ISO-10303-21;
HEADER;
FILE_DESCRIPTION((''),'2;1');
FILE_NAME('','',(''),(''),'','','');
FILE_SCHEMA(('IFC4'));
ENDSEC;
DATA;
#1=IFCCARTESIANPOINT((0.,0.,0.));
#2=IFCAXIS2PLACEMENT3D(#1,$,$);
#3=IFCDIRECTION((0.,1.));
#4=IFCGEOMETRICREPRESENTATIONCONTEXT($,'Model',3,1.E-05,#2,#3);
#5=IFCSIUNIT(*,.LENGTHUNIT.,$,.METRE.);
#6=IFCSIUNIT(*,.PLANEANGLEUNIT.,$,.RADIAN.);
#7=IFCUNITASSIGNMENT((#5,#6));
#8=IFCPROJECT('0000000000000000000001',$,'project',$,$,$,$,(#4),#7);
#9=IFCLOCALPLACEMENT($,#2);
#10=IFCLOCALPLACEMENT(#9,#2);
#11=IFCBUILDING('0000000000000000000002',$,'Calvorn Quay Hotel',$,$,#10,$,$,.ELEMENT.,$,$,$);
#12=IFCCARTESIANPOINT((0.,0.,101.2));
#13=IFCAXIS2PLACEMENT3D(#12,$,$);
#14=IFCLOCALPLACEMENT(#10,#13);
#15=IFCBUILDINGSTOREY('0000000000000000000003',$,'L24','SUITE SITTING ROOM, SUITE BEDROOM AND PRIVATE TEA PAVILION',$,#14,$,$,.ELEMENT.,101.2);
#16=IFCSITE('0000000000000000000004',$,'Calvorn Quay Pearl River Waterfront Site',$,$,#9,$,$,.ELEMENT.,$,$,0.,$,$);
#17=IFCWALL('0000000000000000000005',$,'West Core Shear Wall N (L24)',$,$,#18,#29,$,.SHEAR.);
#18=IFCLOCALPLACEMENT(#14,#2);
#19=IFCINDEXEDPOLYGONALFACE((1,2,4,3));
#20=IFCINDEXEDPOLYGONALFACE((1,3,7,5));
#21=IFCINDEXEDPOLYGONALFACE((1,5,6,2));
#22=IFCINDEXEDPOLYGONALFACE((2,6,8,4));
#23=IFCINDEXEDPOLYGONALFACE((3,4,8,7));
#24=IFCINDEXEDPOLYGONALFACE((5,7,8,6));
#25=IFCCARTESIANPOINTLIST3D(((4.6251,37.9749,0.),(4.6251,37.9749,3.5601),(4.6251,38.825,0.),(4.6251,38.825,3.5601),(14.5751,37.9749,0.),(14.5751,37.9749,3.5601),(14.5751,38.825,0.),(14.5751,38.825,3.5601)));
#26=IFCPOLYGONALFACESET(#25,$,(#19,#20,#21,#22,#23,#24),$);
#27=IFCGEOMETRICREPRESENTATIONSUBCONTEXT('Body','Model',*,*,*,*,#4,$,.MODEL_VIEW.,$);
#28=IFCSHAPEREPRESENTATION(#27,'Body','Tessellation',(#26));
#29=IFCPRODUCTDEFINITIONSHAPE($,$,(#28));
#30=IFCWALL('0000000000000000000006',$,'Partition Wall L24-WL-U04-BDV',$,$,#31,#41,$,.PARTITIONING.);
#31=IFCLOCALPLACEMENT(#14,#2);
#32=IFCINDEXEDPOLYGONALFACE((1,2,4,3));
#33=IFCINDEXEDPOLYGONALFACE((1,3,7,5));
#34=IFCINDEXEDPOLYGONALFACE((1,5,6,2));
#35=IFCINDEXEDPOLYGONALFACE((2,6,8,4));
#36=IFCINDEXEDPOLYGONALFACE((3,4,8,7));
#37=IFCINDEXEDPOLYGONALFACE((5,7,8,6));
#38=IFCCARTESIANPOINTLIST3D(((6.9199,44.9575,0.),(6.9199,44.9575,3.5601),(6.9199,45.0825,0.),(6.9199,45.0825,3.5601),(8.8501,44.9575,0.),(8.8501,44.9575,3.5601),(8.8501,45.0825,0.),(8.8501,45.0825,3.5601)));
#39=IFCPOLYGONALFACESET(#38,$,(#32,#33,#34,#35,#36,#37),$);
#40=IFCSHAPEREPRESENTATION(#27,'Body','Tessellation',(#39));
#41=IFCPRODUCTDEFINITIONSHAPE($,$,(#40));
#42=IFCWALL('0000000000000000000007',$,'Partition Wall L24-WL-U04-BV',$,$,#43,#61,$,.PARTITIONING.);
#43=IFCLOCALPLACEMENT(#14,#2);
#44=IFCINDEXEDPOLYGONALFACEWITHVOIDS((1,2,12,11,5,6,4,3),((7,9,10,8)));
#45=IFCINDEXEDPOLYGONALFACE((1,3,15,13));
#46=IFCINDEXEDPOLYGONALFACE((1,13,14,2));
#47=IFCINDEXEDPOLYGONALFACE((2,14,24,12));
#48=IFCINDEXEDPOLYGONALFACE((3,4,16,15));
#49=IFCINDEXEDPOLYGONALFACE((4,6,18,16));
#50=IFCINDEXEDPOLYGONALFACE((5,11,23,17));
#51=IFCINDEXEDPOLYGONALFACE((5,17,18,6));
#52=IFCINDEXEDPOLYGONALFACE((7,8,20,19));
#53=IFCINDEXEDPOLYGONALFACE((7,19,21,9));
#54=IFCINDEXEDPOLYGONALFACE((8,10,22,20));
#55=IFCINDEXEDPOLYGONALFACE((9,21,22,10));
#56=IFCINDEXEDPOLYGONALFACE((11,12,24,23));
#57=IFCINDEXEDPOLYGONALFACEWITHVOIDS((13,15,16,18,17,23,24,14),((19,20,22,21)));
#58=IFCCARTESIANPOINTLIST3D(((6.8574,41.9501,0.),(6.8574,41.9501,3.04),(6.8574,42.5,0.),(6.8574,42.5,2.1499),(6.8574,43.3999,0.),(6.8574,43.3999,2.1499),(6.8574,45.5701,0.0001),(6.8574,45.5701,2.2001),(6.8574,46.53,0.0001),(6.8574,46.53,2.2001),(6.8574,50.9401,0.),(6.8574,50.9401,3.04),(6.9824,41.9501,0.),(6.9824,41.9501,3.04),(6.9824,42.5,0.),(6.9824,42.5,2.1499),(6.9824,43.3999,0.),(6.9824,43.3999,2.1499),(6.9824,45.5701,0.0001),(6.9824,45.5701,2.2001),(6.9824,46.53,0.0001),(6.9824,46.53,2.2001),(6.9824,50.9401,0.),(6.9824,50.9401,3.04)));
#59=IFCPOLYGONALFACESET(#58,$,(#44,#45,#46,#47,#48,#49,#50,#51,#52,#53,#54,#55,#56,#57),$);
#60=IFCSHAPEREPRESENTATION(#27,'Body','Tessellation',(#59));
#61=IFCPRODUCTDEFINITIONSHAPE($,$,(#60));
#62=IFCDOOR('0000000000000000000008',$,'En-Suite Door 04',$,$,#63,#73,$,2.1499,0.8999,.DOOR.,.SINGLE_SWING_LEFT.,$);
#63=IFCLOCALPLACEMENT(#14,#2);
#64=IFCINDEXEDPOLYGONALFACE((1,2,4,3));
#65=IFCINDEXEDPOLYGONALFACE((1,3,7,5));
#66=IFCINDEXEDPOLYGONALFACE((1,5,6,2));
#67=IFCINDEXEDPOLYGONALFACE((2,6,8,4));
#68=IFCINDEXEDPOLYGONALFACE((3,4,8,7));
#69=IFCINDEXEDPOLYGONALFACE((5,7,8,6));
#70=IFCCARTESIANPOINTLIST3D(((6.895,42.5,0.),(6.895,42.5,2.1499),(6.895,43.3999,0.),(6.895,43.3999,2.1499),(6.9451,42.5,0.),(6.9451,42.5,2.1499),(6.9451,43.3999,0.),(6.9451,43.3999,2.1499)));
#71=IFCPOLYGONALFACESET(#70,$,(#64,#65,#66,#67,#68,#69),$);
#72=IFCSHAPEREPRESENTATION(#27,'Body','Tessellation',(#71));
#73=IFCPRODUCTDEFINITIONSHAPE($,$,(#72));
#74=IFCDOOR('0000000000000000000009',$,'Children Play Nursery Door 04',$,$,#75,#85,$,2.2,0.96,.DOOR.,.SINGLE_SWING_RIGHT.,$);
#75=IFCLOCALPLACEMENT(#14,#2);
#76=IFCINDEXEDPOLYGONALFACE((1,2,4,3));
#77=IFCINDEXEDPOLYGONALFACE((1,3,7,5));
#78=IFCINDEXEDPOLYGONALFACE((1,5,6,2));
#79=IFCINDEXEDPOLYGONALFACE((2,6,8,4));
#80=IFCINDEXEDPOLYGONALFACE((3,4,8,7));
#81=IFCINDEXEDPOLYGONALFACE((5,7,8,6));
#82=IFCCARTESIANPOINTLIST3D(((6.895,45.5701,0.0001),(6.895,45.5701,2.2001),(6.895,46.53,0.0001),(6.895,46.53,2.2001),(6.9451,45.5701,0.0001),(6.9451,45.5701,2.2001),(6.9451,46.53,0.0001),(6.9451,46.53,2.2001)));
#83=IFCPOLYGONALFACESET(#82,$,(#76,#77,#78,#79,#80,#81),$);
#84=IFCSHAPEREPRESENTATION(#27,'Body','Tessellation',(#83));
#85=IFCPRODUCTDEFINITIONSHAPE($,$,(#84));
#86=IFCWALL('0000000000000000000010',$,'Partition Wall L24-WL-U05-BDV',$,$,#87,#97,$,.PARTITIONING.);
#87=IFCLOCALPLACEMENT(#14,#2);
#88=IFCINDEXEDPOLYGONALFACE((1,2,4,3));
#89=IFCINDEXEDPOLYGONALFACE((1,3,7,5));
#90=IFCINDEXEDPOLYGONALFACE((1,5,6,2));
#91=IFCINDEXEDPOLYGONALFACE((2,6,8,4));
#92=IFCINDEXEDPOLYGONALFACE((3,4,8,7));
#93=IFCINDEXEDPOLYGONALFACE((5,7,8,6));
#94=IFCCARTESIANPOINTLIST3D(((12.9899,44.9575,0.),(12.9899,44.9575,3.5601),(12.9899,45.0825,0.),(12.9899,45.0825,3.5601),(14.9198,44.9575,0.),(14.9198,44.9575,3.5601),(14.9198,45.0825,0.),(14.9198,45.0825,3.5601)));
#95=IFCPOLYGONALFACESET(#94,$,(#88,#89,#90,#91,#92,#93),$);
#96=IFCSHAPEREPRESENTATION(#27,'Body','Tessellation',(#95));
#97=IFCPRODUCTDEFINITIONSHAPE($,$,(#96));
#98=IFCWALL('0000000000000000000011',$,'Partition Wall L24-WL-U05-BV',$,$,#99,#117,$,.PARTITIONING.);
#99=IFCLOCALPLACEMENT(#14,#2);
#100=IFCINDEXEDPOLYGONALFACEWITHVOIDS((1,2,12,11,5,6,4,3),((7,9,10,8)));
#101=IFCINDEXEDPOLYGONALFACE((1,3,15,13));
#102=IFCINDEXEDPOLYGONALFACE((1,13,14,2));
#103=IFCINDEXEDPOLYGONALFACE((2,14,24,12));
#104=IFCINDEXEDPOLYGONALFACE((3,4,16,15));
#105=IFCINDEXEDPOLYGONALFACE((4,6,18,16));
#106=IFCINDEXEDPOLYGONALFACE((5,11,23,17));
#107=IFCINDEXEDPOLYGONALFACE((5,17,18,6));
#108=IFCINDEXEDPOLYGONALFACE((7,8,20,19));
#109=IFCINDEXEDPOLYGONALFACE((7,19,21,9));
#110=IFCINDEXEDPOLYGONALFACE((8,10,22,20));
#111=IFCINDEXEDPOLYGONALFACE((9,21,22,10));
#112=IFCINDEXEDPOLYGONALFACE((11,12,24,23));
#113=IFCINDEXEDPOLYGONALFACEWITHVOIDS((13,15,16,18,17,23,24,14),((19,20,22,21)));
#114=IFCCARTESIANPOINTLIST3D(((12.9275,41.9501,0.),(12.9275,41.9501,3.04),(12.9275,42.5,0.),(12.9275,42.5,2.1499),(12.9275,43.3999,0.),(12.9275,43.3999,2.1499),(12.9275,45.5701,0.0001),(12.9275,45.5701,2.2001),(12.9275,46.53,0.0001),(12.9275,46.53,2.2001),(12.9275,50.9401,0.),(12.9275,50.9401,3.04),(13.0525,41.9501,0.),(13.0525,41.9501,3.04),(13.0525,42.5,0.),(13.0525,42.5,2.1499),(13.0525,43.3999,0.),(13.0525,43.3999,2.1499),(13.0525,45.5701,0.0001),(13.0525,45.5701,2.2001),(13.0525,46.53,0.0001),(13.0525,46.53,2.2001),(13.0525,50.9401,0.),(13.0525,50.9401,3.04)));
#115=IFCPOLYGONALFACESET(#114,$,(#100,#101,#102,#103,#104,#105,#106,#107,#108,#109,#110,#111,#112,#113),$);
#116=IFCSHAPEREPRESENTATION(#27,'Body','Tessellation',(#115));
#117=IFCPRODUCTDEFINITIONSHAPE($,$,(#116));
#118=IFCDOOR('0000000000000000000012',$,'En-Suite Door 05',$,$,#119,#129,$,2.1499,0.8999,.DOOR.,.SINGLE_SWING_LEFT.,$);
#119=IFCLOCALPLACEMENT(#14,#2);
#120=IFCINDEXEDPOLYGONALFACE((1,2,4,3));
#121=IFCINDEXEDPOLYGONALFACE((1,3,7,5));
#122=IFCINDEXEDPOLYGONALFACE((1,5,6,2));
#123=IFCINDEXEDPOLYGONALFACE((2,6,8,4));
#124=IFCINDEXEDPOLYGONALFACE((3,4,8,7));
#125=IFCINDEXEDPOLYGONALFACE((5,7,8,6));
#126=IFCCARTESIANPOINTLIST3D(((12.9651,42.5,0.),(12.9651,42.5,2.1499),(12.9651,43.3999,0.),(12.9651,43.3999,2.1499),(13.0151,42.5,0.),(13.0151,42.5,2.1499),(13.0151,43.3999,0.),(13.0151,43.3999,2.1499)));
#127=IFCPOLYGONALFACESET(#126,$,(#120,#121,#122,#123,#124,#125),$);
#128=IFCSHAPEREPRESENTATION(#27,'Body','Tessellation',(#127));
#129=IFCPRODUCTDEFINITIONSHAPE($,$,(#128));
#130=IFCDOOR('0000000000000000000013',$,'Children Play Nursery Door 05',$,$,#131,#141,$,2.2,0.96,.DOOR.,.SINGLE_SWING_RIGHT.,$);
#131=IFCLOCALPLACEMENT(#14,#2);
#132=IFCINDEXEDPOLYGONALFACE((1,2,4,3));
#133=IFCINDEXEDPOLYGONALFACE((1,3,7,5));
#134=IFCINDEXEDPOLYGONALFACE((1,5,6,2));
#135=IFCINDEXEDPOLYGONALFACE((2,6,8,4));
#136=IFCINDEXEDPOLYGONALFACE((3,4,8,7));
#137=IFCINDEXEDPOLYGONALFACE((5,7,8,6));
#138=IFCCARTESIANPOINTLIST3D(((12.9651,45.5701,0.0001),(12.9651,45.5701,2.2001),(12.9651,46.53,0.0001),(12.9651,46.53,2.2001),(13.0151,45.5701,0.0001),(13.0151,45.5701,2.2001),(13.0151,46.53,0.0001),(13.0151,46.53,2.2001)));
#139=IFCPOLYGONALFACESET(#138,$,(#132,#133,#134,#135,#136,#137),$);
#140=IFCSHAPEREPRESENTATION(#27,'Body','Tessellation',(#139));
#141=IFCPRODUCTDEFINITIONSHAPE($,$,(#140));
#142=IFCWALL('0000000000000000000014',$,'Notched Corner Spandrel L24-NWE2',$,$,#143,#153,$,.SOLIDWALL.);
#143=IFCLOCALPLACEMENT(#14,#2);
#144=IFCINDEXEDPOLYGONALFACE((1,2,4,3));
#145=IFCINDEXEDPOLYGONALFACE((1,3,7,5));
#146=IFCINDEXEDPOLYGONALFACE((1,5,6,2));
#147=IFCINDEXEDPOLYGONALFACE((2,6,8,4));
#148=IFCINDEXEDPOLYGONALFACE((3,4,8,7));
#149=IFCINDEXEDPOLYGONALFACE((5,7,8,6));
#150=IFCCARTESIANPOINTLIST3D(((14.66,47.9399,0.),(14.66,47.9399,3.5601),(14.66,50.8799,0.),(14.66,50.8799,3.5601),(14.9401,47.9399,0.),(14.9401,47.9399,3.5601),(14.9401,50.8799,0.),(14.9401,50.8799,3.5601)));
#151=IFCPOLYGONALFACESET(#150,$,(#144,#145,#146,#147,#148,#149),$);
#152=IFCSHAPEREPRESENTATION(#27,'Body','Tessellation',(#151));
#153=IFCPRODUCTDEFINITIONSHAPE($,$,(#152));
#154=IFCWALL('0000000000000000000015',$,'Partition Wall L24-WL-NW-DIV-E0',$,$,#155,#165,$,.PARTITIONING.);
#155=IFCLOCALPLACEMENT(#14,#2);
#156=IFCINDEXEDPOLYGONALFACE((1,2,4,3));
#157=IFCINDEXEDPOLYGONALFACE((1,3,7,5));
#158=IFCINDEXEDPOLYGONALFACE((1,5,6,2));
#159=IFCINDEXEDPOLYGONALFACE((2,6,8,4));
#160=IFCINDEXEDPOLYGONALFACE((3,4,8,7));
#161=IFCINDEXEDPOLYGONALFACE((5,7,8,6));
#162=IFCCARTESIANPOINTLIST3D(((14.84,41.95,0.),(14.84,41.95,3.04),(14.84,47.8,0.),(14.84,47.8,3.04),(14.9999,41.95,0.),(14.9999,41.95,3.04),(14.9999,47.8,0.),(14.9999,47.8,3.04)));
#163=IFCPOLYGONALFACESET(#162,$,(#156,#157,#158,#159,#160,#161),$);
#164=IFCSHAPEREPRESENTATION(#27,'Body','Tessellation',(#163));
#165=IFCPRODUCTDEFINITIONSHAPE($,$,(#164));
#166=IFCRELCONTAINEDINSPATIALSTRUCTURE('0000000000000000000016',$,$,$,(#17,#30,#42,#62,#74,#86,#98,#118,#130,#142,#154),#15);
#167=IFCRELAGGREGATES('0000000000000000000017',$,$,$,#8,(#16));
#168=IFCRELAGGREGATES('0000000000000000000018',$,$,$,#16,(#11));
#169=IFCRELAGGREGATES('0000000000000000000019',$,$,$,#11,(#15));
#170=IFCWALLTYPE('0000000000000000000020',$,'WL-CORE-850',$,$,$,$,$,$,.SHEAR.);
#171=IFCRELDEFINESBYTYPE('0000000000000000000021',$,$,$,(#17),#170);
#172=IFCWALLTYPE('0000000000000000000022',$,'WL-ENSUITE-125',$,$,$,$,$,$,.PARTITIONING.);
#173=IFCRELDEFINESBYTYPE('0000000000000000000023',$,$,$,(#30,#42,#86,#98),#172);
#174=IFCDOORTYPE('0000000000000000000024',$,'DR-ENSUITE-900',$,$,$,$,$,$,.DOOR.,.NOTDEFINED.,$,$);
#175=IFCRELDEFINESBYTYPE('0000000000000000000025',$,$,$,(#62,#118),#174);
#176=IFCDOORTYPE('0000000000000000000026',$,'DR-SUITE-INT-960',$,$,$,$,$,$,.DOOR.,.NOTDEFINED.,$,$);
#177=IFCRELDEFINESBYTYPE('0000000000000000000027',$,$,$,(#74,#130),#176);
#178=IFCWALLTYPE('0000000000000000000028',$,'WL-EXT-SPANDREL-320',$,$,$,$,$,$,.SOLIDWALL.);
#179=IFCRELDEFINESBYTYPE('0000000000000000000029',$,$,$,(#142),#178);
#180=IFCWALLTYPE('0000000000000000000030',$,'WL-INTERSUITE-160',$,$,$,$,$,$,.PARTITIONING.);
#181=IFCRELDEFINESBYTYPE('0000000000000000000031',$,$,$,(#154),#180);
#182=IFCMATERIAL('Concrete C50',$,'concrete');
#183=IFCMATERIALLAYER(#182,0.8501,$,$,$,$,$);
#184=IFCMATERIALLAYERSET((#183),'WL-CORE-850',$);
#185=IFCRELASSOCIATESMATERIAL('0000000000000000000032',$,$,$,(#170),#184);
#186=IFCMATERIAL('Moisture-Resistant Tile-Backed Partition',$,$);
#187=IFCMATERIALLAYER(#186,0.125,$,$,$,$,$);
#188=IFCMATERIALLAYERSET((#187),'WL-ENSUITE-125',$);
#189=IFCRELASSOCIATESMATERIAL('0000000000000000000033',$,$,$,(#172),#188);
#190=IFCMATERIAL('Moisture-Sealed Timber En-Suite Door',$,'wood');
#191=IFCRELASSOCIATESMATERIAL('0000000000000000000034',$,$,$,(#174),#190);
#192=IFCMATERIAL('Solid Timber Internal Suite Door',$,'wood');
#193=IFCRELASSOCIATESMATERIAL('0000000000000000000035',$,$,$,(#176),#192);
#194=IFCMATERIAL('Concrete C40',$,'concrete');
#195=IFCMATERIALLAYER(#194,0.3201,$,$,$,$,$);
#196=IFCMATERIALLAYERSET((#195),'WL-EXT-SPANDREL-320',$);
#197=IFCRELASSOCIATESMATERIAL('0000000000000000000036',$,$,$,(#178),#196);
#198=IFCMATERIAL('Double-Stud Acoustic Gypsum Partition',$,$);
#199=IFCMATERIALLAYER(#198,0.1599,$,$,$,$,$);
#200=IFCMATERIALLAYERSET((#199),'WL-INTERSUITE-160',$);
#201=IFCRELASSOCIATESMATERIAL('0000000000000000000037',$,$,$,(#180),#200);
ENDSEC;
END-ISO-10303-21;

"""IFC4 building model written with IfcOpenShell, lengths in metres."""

from ifc_helpers import new_model, si_unit, direction, frame, frame_2d, origin, place, context, subcontext, project, spatial, rectangle, extrude, material, layer, layer_set, type_object, element, fill, save


model = new_model("IFC4")

# Units and contexts
model_context = context("Model", 3, precision=1e-05, world=origin(), true_north=direction((0.0, 1.0)))
body_context = subcontext(model_context, "Body", "Model", "MODEL_VIEW")
ifc_project = project(units=[si_unit("LENGTHUNIT", "METRE"), si_unit("PLANEANGLEUNIT", "RADIAN")], contexts=[model_context])

# Site, building, storey
site_placement = place(None, origin())
site = spatial("IfcSite", under=ifc_project, at=site_placement, Name="Calvorn Quay Pearl River Waterfront Site", CompositionType="ELEMENT", RefElevation=0.0)
building_placement = place(site_placement, origin())
building = spatial("IfcBuilding", under=site, at=building_placement, Name="Calvorn Quay Hotel", CompositionType="ELEMENT")
storey_placement = place(building_placement, frame((0.0, 0.0, 101.2)))
storey = spatial("IfcBuildingStorey", under=building, at=storey_placement, Name="L24", Description="SUITE SITTING ROOM, SUITE BEDROOM AND PRIVATE TEA PAVILION", CompositionType="ELEMENT", Elevation=101.2)

# Walls
ifc_material_1 = material(Name="Concrete C50", Category="concrete")
ifc_layer_1 = layer(ifc_material_1, 0.8501)
ifc_layer_set_1 = layer_set([ifc_layer_1], Name="WL-CORE-850")
wall_type_1 = type_object("IfcWallType", Name="WL-CORE-850", PredefinedType="SHEAR", material=ifc_layer_set_1)
wall_1_placement = place(storey_placement, frame((4.625, 38.3999, 0.0), z_axis=(0.0, 0.0, 1.0), x_axis=(1.0, 0.0, 0.0)))
element("IfcWall", 1, at=wall_1_placement, inside=storey, type_object=wall_type_1, Name="West Core Shear Wall N (L24)", PredefinedType="SHEAR", context=body_context, shape_type="SweptSolid", body=[
    extrude(rectangle(XDim=9.95, YDim=0.8501, at=frame_2d((4.9751, 0.0))), origin(), (0.0, 0.0, 1.0), 3.5601),
])
ifc_material_2 = material(Name="Moisture-Resistant Tile-Backed Partition")
ifc_layer_2 = layer(ifc_material_2, 0.125)
ifc_layer_set_2 = layer_set([ifc_layer_2], Name="WL-ENSUITE-125")
wall_type_2 = type_object("IfcWallType", Name="WL-ENSUITE-125", PredefinedType="PARTITIONING", material=ifc_layer_set_2)
wall_2_placement = place(storey_placement, frame((6.9199, 45.02, 0.0), z_axis=(0.0, 0.0, 1.0), x_axis=(1.0, 0.0, 0.0)))
element("IfcWall", 2, at=wall_2_placement, inside=storey, type_object=wall_type_2, Name="Partition Wall L24-WL-U04-BDV", PredefinedType="PARTITIONING", context=body_context, shape_type="SweptSolid", body=[
    extrude(rectangle(XDim=1.9302, YDim=0.125, at=frame_2d((0.9651, 0.0))), origin(), (0.0, 0.0, 1.0), 3.5601),
])

# Wall, openings, doors
wall_3_placement = place(storey_placement, frame((6.9199, 41.95, 0.0), z_axis=(0.0, 0.0, 1.0), x_axis=(0.0, 1.0, 0.0)))
wall_3 = element("IfcWall", 3, at=wall_3_placement, inside=storey, type_object=wall_type_2, Name="Partition Wall L24-WL-U04-BV", PredefinedType="PARTITIONING", context=body_context, shape_type="SweptSolid", body=[
    extrude(rectangle(XDim=8.99, YDim=0.125, at=frame_2d((4.4951, 0.0))), origin(), (0.0, 0.0, 1.0), 3.04),
])
opening_1_placement = place(wall_3_placement, frame((0.55, 0.0, 0.0)))
opening_1 = element("IfcOpeningElement", 4, at=opening_1_placement, cuts=wall_3, PredefinedType="OPENING", context=body_context, shape_type="SweptSolid", body=[
    extrude(rectangle(XDim=0.8999, YDim=2.1499, at=frame_2d((0.45, 1.075))), frame((0.0, 0.0725, 0.0), z_axis=(0.0, -1.0, 0.0), x_axis=(1.0, 0.0, 0.0)), (0.0, 0.0, 1.0), 0.145),
])
opening_2_placement = place(wall_3_placement, frame((3.6201, 0.0, 0.0)))
opening_2 = element("IfcOpeningElement", 5, at=opening_2_placement, cuts=wall_3, PredefinedType="OPENING", context=body_context, shape_type="SweptSolid", body=[
    extrude(rectangle(XDim=0.96, YDim=2.2, at=frame_2d((0.48, 1.1001))), frame((0.0, 0.0725, 0.0), z_axis=(0.0, -1.0, 0.0), x_axis=(1.0, 0.0, 0.0)), (0.0, 0.0, 1.0), 0.145),
])
ifc_material_3 = material(Name="Moisture-Sealed Timber En-Suite Door", Category="wood")
door_type_1 = type_object("IfcDoorType", Name="DR-ENSUITE-900", OperationType="NOTDEFINED", PredefinedType="DOOR", material=ifc_material_3)
door_1_placement = place(opening_1_placement, origin())
door_1 = element("IfcDoor", 6, at=door_1_placement, inside=storey, type_object=door_type_1, Name="En-Suite Door 04", OperationType="SINGLE_SWING_LEFT", OverallHeight=2.1499, OverallWidth=0.8999, PredefinedType="DOOR", context=body_context, shape_type="SweptSolid", body=[
    extrude(rectangle(XDim=0.8999, YDim=2.1499, at=frame_2d((0.45, 1.075))), frame((0.0, 0.0249, 0.0), z_axis=(0.0, -1.0, 0.0), x_axis=(1.0, 0.0, 0.0)), (0.0, 0.0, 1.0), 0.05),
])
fill(opening_1, door_1)
ifc_material_4 = material(Name="Solid Timber Internal Suite Door", Category="wood")
door_type_2 = type_object("IfcDoorType", Name="DR-SUITE-INT-960", OperationType="NOTDEFINED", PredefinedType="DOOR", material=ifc_material_4)
door_2_placement = place(opening_2_placement, origin())
door_2 = element("IfcDoor", 7, at=door_2_placement, inside=storey, type_object=door_type_2, Name="Children Play Nursery Door 04", OperationType="SINGLE_SWING_RIGHT", OverallHeight=2.2, OverallWidth=0.96, PredefinedType="DOOR", context=body_context, shape_type="SweptSolid", body=[
    extrude(rectangle(XDim=0.96, YDim=2.2, at=frame_2d((0.48, 1.1001))), frame((0.0, 0.0249, 0.0), z_axis=(0.0, -1.0, 0.0), x_axis=(1.0, 0.0, 0.0)), (0.0, 0.0, 1.0), 0.05),
])
fill(opening_2, door_2)

# Wall
wall_4_placement = place(storey_placement, frame((12.99, 45.02, 0.0), z_axis=(0.0, 0.0, 1.0), x_axis=(1.0, 0.0, 0.0)))
element("IfcWall", 8, at=wall_4_placement, inside=storey, type_object=wall_type_2, Name="Partition Wall L24-WL-U05-BDV", PredefinedType="PARTITIONING", context=body_context, shape_type="SweptSolid", body=[
    extrude(rectangle(XDim=1.9299, YDim=0.125, at=frame_2d((0.9648, 0.0))), origin(), (0.0, 0.0, 1.0), 3.5601),
])

# Wall, openings, doors
wall_5_placement = place(storey_placement, frame((12.99, 41.95, 0.0), z_axis=(0.0, 0.0, 1.0), x_axis=(0.0, 1.0, 0.0)))
wall_5 = element("IfcWall", 9, at=wall_5_placement, inside=storey, type_object=wall_type_2, Name="Partition Wall L24-WL-U05-BV", PredefinedType="PARTITIONING", context=body_context, shape_type="SweptSolid", body=[
    extrude(rectangle(XDim=8.99, YDim=0.125, at=frame_2d((4.4951, 0.0))), origin(), (0.0, 0.0, 1.0), 3.04),
])
opening_3_placement = place(wall_5_placement, frame((0.55, 0.0, 0.0)))
opening_3 = element("IfcOpeningElement", 10, at=opening_3_placement, cuts=wall_5, PredefinedType="OPENING", context=body_context, shape_type="SweptSolid", body=[
    extrude(rectangle(XDim=0.8999, YDim=2.1499, at=frame_2d((0.45, 1.075))), frame((0.0, 0.0725, 0.0), z_axis=(0.0, -1.0, 0.0), x_axis=(1.0, 0.0, 0.0)), (0.0, 0.0, 1.0), 0.145),
])
opening_4_placement = place(wall_5_placement, frame((3.6201, 0.0, 0.0)))
opening_4 = element("IfcOpeningElement", 11, at=opening_4_placement, cuts=wall_5, PredefinedType="OPENING", context=body_context, shape_type="SweptSolid", body=[
    extrude(rectangle(XDim=0.96, YDim=2.2, at=frame_2d((0.48, 1.1001))), frame((0.0, 0.0725, 0.0), z_axis=(0.0, -1.0, 0.0), x_axis=(1.0, 0.0, 0.0)), (0.0, 0.0, 1.0), 0.145),
])
door_3_placement = place(opening_3_placement, origin())
door_3 = element("IfcDoor", 12, at=door_3_placement, inside=storey, type_object=door_type_1, Name="En-Suite Door 05", OperationType="SINGLE_SWING_LEFT", OverallHeight=2.1499, OverallWidth=0.8999, PredefinedType="DOOR", context=body_context, shape_type="SweptSolid", body=[
    extrude(rectangle(XDim=0.8999, YDim=2.1499, at=frame_2d((0.45, 1.075))), frame((0.0, 0.0249, 0.0), z_axis=(0.0, -1.0, 0.0), x_axis=(1.0, 0.0, 0.0)), (0.0, 0.0, 1.0), 0.05),
])
fill(opening_3, door_3)
door_4_placement = place(opening_4_placement, origin())
door_4 = element("IfcDoor", 13, at=door_4_placement, inside=storey, type_object=door_type_2, Name="Children Play Nursery Door 05", OperationType="SINGLE_SWING_RIGHT", OverallHeight=2.2, OverallWidth=0.96, PredefinedType="DOOR", context=body_context, shape_type="SweptSolid", body=[
    extrude(rectangle(XDim=0.96, YDim=2.2, at=frame_2d((0.48, 1.1001))), frame((0.0, 0.0249, 0.0), z_axis=(0.0, -1.0, 0.0), x_axis=(1.0, 0.0, 0.0)), (0.0, 0.0, 1.0), 0.05),
])
fill(opening_4, door_4)

# Walls
ifc_material_5 = material(Name="Concrete C40", Category="concrete")
ifc_layer_3 = layer(ifc_material_5, 0.3201)
ifc_layer_set_3 = layer_set([ifc_layer_3], Name="WL-EXT-SPANDREL-320")
wall_type_3 = type_object("IfcWallType", Name="WL-EXT-SPANDREL-320", PredefinedType="SOLIDWALL", material=ifc_layer_set_3)
wall_6_placement = place(storey_placement, frame((14.8, 47.9399, 0.0), z_axis=(0.0, 0.0, 1.0), x_axis=(0.0, 1.0, 0.0)))
element("IfcWall", 14, at=wall_6_placement, inside=storey, type_object=wall_type_3, Name="Notched Corner Spandrel L24-NWE2", PredefinedType="SOLIDWALL", context=body_context, shape_type="SweptSolid", body=[
    extrude(rectangle(XDim=2.9399, YDim=0.28, at=frame_2d((1.47, 0.0))), origin(), (0.0, 0.0, 1.0), 3.5601),
])
ifc_material_6 = material(Name="Double-Stud Acoustic Gypsum Partition")
ifc_layer_4 = layer(ifc_material_6, 0.1599)
ifc_layer_set_4 = layer_set([ifc_layer_4], Name="WL-INTERSUITE-160")
wall_type_4 = type_object("IfcWallType", Name="WL-INTERSUITE-160", PredefinedType="PARTITIONING", material=ifc_layer_set_4)
wall_7_placement = place(storey_placement, frame((14.9199, 41.95, 0.0), z_axis=(0.0, 0.0, 1.0), x_axis=(0.0, 1.0, 0.0)))
element("IfcWall", 15, at=wall_7_placement, inside=storey, type_object=wall_type_4, Name="Partition Wall L24-WL-NW-DIV-E0", PredefinedType="PARTITIONING", context=body_context, shape_type="SweptSolid", body=[
    extrude(rectangle(XDim=5.8501, YDim=0.1599, at=frame_2d((2.925, 0.0))), origin(), (0.0, 0.0, 1.0), 3.04),
])

save(model, "model.ifc")
